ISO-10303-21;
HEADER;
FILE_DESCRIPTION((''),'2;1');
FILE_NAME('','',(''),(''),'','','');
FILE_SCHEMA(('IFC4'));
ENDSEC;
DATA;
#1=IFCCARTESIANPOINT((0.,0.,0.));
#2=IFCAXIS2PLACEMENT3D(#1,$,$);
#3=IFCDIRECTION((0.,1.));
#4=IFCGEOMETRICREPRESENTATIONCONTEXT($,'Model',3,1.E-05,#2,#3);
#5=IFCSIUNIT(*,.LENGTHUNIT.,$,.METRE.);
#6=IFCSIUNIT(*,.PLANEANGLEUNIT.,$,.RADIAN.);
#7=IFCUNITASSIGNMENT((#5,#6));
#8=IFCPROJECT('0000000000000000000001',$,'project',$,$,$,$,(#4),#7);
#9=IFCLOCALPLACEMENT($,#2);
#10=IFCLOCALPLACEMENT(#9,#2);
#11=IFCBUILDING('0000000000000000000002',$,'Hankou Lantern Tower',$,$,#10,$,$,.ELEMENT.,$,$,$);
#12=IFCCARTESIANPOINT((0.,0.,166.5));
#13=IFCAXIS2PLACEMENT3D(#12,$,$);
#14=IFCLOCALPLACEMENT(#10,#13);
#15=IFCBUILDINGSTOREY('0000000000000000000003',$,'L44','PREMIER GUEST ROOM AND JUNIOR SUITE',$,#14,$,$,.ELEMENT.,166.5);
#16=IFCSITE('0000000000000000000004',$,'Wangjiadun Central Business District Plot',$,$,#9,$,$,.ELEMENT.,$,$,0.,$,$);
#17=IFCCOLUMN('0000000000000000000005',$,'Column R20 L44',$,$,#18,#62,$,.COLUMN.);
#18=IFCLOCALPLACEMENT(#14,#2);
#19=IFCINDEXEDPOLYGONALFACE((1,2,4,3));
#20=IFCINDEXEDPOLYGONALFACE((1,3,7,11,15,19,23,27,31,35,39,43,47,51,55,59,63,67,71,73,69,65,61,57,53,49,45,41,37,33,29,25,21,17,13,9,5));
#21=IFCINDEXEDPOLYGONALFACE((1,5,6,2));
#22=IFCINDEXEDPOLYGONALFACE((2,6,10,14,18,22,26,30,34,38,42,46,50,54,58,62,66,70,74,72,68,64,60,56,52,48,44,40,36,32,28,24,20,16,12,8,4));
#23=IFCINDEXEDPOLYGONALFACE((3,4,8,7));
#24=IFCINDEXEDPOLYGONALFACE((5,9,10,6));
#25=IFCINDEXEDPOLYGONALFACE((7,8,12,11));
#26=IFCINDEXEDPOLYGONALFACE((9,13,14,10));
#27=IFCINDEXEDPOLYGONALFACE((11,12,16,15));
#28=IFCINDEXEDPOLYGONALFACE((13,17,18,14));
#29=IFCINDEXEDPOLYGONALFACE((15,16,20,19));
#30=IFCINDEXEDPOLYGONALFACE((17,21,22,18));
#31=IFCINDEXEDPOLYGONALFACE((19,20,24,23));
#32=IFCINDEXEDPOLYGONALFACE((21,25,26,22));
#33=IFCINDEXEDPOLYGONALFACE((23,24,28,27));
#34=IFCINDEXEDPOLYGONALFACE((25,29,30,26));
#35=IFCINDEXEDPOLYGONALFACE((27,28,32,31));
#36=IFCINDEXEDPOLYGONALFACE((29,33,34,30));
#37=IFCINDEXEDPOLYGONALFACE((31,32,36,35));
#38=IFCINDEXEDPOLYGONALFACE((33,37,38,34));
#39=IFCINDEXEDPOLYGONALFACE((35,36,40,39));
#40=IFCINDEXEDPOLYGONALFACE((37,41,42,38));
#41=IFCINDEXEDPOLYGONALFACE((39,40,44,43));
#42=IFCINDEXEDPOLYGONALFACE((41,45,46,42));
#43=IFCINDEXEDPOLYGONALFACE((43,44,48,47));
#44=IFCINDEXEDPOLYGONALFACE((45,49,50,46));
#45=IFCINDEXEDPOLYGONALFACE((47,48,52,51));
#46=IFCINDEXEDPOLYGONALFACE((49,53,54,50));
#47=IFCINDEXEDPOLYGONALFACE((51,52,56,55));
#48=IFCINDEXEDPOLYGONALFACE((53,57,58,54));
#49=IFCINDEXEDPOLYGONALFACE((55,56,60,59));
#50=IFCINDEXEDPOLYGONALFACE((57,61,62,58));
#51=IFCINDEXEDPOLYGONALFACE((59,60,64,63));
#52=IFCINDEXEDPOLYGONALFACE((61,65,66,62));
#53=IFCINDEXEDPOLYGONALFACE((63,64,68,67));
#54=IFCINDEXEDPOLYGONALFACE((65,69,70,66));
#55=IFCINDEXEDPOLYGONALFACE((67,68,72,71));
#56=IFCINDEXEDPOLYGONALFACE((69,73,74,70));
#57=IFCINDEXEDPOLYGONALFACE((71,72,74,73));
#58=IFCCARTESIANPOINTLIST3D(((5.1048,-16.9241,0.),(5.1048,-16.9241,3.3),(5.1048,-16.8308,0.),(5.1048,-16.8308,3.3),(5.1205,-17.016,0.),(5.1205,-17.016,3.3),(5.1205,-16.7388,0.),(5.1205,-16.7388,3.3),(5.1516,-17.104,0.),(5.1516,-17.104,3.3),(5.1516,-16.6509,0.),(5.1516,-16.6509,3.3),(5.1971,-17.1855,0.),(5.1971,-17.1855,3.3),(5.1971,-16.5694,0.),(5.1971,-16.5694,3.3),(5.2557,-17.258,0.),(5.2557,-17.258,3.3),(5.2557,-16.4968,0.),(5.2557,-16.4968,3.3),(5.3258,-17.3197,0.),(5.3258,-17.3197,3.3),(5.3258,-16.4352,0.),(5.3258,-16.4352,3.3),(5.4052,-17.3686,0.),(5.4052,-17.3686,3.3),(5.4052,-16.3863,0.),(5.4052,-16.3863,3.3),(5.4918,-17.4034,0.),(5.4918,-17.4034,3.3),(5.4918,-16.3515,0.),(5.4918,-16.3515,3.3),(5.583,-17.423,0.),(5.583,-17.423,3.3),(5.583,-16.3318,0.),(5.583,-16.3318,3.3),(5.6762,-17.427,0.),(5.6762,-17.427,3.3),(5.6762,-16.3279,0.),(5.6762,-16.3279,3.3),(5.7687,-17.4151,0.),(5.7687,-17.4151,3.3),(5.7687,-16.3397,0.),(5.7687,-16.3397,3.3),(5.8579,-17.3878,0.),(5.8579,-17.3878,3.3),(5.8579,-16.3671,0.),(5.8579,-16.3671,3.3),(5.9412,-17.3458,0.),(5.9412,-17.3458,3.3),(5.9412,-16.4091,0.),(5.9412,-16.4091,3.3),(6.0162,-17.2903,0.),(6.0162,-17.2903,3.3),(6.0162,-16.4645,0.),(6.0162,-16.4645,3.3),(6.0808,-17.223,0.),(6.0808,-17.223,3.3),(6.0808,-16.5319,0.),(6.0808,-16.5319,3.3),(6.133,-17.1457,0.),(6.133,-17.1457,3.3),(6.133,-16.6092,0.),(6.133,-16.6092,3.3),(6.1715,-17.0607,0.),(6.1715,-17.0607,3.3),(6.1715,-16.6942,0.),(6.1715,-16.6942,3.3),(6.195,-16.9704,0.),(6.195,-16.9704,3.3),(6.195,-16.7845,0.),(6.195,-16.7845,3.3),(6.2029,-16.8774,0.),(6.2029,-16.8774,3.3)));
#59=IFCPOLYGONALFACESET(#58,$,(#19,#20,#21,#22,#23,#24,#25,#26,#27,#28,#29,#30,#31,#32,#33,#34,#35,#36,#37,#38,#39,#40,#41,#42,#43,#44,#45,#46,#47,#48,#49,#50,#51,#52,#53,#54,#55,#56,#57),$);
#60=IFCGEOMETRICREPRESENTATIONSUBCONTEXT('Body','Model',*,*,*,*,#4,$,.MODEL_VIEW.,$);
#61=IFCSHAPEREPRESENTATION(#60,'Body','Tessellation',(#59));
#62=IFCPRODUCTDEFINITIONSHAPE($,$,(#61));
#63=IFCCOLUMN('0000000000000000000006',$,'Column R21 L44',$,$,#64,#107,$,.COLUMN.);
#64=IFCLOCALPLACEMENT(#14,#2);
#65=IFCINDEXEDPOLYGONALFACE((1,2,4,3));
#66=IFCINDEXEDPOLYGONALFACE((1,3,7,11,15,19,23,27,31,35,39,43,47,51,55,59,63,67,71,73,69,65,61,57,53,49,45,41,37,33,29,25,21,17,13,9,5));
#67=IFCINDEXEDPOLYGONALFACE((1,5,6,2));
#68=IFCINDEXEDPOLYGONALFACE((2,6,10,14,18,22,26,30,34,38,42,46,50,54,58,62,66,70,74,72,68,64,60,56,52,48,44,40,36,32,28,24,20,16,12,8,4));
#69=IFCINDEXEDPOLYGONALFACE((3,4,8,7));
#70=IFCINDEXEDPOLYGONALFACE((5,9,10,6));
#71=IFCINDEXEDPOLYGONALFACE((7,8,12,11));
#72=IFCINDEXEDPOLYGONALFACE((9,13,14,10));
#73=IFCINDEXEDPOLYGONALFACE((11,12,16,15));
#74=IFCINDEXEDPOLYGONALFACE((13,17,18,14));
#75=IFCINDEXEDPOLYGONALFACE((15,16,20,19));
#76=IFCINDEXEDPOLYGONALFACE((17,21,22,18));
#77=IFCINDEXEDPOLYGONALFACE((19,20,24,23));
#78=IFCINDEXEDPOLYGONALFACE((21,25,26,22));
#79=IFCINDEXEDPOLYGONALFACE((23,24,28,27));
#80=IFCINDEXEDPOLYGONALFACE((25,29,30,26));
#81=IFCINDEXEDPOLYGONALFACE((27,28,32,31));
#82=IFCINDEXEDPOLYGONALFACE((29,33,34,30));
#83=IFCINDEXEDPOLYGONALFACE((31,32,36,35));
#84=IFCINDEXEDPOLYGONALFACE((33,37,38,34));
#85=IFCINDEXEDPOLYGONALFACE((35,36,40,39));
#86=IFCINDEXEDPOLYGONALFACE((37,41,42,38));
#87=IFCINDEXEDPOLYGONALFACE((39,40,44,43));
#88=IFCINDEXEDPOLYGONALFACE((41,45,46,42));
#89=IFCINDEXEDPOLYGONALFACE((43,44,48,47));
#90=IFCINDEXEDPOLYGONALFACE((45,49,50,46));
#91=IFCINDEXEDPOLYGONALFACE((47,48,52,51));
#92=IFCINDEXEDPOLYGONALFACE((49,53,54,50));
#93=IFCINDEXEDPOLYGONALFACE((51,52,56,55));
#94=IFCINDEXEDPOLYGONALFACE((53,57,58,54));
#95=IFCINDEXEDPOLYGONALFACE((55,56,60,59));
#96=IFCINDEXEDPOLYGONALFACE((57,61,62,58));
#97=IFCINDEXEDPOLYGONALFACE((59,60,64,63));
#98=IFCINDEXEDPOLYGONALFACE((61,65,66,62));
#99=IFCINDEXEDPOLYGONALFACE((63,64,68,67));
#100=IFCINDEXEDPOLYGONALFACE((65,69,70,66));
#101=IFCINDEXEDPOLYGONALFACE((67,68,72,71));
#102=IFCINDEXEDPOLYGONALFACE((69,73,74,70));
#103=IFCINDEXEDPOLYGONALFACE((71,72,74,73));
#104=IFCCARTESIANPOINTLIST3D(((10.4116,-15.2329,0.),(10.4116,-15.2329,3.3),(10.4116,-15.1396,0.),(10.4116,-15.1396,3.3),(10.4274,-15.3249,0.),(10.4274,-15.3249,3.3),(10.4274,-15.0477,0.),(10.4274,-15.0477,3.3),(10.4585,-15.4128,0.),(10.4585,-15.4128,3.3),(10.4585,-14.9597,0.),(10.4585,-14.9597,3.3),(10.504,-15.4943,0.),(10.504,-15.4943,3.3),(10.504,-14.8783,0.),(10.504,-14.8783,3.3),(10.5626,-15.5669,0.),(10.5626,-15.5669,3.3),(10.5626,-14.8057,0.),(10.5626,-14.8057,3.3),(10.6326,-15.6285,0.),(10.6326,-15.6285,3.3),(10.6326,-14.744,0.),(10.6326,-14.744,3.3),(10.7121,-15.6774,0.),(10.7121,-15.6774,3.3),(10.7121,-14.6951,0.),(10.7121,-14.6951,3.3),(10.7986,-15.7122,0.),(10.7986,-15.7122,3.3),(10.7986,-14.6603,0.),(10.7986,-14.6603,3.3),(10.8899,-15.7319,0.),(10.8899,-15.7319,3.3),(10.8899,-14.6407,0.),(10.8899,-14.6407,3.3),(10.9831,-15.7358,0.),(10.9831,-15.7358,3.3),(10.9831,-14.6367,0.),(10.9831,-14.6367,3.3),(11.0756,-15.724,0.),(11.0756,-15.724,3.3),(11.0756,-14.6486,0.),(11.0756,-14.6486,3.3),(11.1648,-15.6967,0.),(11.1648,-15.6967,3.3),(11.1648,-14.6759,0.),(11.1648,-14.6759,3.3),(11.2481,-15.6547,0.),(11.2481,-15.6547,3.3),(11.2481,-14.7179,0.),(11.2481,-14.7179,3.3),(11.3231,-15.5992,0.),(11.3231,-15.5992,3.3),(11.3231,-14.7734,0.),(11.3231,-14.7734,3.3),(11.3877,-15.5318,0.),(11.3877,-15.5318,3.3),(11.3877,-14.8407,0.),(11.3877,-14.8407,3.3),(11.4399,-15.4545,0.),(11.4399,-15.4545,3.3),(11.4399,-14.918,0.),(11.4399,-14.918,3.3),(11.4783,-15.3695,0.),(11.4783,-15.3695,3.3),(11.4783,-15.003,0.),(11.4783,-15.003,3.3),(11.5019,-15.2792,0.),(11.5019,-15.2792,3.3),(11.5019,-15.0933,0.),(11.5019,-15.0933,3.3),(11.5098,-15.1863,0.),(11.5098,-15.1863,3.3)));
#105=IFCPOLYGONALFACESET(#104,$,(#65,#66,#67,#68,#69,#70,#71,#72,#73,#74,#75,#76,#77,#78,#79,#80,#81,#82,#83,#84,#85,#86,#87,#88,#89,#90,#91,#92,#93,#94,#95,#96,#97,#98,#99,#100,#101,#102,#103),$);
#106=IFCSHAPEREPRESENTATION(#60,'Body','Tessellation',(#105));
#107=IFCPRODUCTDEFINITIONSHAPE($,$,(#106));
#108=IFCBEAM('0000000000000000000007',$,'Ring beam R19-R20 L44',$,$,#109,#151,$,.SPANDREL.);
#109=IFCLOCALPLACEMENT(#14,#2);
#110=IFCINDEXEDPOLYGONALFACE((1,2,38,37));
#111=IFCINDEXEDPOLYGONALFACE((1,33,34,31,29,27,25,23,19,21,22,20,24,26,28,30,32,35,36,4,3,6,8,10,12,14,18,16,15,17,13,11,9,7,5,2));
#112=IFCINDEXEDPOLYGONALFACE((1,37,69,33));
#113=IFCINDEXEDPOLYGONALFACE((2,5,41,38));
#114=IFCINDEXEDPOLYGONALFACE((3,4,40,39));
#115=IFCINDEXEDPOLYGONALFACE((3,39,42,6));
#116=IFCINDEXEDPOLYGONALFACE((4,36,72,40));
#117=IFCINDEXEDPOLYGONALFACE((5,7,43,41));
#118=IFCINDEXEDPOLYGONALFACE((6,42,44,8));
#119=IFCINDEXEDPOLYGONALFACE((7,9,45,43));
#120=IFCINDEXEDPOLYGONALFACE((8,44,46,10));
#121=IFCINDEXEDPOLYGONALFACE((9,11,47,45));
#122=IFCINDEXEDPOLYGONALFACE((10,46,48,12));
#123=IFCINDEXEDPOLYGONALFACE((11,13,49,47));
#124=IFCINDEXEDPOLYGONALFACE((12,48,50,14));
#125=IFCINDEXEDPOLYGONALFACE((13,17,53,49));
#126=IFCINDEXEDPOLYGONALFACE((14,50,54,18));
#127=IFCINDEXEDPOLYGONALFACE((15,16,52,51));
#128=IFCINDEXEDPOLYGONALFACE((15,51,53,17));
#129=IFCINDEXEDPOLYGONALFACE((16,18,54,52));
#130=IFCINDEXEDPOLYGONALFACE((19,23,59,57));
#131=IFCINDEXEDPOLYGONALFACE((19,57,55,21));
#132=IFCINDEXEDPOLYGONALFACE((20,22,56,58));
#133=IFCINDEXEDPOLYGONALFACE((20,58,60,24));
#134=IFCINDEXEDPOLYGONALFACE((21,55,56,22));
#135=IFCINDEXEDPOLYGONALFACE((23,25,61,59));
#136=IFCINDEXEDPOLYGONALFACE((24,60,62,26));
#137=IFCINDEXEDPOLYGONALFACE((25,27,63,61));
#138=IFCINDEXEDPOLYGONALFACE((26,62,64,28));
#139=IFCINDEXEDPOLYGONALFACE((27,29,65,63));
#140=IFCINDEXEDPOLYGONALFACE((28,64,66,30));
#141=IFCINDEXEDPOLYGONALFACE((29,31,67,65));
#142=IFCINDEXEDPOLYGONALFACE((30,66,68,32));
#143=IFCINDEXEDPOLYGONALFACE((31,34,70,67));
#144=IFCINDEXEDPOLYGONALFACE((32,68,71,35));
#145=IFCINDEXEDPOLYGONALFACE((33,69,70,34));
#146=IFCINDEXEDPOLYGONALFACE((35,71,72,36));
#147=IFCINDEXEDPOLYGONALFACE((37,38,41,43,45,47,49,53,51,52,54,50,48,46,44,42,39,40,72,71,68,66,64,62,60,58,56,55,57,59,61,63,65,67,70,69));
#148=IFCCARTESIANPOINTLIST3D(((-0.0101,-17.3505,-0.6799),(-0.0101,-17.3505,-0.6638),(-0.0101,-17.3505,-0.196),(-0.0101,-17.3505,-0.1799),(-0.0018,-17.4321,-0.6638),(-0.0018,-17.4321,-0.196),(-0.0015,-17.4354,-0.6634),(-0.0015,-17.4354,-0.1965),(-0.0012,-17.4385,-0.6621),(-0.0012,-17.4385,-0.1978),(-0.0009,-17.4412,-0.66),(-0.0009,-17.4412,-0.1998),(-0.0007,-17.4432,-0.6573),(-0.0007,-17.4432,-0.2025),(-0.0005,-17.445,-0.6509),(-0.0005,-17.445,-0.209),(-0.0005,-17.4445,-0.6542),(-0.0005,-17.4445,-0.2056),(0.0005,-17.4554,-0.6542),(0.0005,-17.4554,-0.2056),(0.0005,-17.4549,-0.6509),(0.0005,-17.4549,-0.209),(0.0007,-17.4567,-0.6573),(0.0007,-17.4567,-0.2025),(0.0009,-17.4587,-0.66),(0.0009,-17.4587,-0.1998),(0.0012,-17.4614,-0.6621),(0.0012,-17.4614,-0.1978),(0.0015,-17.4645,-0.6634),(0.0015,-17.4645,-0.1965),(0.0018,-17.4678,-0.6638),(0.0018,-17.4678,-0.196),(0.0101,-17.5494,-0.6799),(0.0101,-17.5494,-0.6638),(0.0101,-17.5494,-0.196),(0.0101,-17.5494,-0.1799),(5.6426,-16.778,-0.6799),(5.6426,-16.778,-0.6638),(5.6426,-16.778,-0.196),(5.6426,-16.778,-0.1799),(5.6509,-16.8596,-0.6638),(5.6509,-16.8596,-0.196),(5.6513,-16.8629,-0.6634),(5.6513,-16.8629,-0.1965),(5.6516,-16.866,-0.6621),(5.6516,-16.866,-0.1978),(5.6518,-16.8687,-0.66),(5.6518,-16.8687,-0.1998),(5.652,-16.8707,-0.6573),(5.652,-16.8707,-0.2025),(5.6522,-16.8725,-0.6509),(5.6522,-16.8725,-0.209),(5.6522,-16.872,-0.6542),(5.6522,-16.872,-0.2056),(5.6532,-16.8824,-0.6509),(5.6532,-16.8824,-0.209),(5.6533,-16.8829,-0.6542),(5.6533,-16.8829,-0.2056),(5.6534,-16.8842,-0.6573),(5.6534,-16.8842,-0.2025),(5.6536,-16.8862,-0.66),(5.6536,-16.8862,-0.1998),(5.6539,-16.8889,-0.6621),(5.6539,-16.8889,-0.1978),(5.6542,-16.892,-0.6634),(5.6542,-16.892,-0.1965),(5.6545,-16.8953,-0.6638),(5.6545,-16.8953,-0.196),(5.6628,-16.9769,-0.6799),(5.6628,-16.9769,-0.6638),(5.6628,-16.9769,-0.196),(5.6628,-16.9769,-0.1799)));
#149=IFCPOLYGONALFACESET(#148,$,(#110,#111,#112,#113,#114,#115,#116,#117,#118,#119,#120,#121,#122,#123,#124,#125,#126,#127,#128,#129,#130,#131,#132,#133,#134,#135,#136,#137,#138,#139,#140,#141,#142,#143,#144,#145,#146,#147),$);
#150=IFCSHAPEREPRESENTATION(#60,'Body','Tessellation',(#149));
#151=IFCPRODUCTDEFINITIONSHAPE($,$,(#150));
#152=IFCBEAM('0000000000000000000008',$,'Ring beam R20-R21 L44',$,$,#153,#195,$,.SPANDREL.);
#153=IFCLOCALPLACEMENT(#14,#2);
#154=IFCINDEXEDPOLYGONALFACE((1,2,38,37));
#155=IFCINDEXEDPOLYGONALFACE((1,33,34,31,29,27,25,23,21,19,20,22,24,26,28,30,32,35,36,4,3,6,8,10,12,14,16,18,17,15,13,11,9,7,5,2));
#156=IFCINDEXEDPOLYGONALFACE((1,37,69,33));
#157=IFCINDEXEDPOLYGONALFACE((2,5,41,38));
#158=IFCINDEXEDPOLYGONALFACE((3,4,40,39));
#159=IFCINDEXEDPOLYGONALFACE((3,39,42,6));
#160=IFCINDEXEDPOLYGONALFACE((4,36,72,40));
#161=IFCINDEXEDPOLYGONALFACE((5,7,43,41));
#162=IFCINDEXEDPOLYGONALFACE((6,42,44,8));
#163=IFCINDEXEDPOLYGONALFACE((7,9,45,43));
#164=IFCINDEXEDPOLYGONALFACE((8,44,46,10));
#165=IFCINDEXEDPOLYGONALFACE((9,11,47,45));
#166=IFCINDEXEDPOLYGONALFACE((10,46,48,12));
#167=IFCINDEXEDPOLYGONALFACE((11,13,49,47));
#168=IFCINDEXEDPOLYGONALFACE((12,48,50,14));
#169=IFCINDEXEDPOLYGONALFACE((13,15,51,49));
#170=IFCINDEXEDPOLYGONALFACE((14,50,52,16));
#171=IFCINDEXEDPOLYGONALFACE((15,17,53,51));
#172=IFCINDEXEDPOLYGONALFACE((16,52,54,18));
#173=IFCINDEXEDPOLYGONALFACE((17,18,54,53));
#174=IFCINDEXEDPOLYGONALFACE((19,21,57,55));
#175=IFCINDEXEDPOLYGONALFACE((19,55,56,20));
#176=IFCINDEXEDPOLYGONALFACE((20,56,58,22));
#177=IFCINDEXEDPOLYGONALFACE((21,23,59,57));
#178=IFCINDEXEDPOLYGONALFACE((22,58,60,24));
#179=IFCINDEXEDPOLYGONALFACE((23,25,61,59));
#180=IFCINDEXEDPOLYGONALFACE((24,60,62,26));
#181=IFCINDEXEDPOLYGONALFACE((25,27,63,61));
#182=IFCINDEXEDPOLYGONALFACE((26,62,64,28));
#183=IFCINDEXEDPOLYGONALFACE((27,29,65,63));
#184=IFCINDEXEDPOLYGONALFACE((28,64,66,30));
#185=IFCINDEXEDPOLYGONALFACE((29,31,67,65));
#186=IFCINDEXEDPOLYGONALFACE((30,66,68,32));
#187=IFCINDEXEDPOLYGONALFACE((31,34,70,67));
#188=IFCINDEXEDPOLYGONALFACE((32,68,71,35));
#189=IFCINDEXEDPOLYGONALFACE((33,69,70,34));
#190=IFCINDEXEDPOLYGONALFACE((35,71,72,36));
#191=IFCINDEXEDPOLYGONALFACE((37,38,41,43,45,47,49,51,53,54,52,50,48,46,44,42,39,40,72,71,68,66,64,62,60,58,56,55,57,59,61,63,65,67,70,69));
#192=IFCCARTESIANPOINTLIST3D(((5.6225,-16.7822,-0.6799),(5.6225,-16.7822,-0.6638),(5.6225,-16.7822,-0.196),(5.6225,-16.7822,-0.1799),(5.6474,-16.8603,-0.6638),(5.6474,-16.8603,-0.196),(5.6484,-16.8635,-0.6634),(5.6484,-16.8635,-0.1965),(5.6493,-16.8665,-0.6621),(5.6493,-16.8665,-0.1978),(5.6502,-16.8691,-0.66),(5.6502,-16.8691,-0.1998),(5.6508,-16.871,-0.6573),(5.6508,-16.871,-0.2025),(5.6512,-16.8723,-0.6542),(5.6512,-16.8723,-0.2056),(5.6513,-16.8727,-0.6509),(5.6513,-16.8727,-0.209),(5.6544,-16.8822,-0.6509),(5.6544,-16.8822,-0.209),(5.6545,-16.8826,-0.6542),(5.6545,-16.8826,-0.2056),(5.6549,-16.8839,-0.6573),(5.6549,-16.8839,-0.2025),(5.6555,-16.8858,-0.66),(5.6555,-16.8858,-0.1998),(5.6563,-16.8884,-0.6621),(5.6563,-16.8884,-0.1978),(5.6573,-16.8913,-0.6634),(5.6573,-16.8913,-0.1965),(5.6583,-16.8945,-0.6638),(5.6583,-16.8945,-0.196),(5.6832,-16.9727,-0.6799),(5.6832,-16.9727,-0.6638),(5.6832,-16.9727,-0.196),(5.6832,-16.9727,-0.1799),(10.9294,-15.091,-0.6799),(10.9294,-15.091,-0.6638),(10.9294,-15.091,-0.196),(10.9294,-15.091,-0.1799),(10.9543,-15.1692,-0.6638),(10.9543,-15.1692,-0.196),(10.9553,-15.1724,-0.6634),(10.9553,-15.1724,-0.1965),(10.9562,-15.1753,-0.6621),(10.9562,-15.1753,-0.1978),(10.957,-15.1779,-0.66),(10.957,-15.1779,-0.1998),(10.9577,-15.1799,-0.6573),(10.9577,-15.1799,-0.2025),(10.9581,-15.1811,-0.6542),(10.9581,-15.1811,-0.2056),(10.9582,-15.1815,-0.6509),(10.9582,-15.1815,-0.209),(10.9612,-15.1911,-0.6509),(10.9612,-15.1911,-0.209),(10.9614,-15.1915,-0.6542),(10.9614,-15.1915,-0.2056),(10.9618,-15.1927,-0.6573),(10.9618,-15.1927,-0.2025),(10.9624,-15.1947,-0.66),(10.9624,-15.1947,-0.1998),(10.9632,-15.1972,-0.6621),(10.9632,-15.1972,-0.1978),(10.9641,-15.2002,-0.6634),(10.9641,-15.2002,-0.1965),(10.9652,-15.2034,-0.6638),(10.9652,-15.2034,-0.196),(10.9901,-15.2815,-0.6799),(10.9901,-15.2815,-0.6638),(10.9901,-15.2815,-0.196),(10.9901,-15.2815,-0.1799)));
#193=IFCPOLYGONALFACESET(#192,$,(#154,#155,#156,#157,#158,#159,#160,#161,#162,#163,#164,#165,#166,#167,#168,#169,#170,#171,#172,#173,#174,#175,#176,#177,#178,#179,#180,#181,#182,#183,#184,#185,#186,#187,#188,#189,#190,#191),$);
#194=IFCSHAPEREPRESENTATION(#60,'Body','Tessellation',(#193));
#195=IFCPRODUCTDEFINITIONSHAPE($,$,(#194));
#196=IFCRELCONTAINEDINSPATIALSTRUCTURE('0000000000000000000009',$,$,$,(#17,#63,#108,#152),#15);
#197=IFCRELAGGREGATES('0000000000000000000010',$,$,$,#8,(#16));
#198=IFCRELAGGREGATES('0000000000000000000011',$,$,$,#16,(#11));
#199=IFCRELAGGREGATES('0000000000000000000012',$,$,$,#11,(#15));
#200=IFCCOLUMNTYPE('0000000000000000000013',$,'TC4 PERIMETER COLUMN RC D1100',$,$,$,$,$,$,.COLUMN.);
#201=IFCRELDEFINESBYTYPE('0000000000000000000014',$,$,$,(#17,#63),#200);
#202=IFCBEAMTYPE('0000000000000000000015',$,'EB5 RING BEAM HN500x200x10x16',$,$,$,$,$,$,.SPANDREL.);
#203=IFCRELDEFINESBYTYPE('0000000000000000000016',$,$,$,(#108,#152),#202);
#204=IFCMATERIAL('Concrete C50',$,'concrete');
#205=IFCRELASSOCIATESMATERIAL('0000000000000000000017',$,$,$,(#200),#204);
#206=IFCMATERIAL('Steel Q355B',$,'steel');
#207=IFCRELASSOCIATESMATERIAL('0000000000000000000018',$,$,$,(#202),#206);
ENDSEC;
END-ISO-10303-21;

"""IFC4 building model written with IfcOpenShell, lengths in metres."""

from ifc_helpers import new_model, si_unit, direction, frame, origin, origin_2d, place, context, subcontext, project, spatial, circle, i_section, extrude, material, material_profile, profile_set, type_object, element, save


model = new_model("IFC4")

# Units and contexts
model_context = context("Model", 3, precision=1e-05, world=origin(), true_north=direction((0.0, 1.0)))
body_context = subcontext(model_context, "Body", "Model", "MODEL_VIEW")
ifc_project = project(units=[si_unit("LENGTHUNIT", "METRE"), si_unit("PLANEANGLEUNIT", "RADIAN")], contexts=[model_context])

# Site, building, storey
site_placement = place(None, origin())
site = spatial("IfcSite", under=ifc_project, at=site_placement, Name="Wangjiadun Central Business District Plot", CompositionType="ELEMENT", RefElevation=0.0)
building_placement = place(site_placement, origin())
building = spatial("IfcBuilding", under=site, at=building_placement, Name="Hankou Lantern Tower", CompositionType="ELEMENT")
storey_placement = place(building_placement, frame((0.0, 0.0, 166.5)))
storey = spatial("IfcBuildingStorey", under=building, at=storey_placement, Name="L44", Description="PREMIER GUEST ROOM AND JUNIOR SUITE", CompositionType="ELEMENT", Elevation=166.5)

# Columns
ifc_material_1 = material(Name="Concrete C50", Category="concrete")
ifc_material_profile_1 = material_profile(ifc_material_1, circle(Radius=0.55, at=origin_2d()), Name="RC D1100")
ifc_profile_set_1 = profile_set([ifc_material_profile_1], Name="Concrete C50")
column_type = type_object("IfcColumnType", Name="TC4 PERIMETER COLUMN RC D1100", PredefinedType="COLUMN", material=ifc_profile_set_1)
for number, where, z_axis, x_axis, name in (
    (1, (5.6528, -16.8774, 0.0), (0.0, 0.0, 1.0), (1.0, 0.0, 0.0), "Column R20 L44"),
    (2, (10.9597, -15.1863, 0.0), (0.0, 0.0, 1.0), (1.0, 0.0, 0.0), "Column R21 L44"),
):
    element("IfcColumn", number, at=place(storey_placement, frame(where, z_axis=z_axis, x_axis=x_axis)), inside=storey, type_object=column_type, Name=name, PredefinedType="COLUMN", context=body_context, shape_type="SweptSolid", body=[
        extrude(circle(Radius=0.55, at=origin_2d()), origin(), (0.0, 0.0, 1.0), 3.3),
    ])

# Beams
ifc_material_2 = material(Name="Steel Q355B", Category="steel")
ifc_material_profile_2 = material_profile(ifc_material_2, i_section(OverallWidth=0.2, OverallDepth=0.5, WebThickness=0.01, FlangeThickness=0.0161, FilletRadius=0.0129, at=origin_2d()), Name="HN500x200x10x16")
ifc_profile_set_2 = profile_set([ifc_material_profile_2], Name="Steel Q355B")
beam_type_1 = type_object("IfcBeamType", Name="EB5 RING BEAM HN500x200x10x16", PredefinedType="SPANDREL", material=ifc_profile_set_2)
beam_1_placement = place(storey_placement, frame((0.0, -17.45, -0.4299), z_axis=(0.99491, 0.100763, 0.0), x_axis=(-0.100763, 0.99491, 0.0)))
element("IfcBeam", 3, at=beam_1_placement, inside=storey, type_object=beam_type_1, Name="Ring beam R19-R20 L44", PredefinedType="SPANDREL", context=body_context, shape_type="SweptSolid", body=[
    extrude(i_section(OverallWidth=0.2, OverallDepth=0.5, WebThickness=0.01, FlangeThickness=0.0161, FilletRadius=0.0129, at=origin_2d()), origin(), (0.0, 0.0, 1.0), 5.6816),
])
beam_2_placement = place(storey_placement, frame((5.6528, -16.8774, -0.4299), z_axis=(0.95279, 0.303629, 0.0), x_axis=(-0.303629, 0.95279, 0.0)))
element("IfcBeam", 4, at=beam_2_placement, inside=storey, type_object=beam_type_1, Name="Ring beam R20-R21 L44", PredefinedType="SPANDREL", context=body_context, shape_type="SweptSolid", body=[
    extrude(i_section(OverallWidth=0.2, OverallDepth=0.5, WebThickness=0.01, FlangeThickness=0.0161, FilletRadius=0.0129, at=origin_2d()), origin(), (0.0, 0.0, 1.0), 5.5698),
])

save(model, "model.ifc")
